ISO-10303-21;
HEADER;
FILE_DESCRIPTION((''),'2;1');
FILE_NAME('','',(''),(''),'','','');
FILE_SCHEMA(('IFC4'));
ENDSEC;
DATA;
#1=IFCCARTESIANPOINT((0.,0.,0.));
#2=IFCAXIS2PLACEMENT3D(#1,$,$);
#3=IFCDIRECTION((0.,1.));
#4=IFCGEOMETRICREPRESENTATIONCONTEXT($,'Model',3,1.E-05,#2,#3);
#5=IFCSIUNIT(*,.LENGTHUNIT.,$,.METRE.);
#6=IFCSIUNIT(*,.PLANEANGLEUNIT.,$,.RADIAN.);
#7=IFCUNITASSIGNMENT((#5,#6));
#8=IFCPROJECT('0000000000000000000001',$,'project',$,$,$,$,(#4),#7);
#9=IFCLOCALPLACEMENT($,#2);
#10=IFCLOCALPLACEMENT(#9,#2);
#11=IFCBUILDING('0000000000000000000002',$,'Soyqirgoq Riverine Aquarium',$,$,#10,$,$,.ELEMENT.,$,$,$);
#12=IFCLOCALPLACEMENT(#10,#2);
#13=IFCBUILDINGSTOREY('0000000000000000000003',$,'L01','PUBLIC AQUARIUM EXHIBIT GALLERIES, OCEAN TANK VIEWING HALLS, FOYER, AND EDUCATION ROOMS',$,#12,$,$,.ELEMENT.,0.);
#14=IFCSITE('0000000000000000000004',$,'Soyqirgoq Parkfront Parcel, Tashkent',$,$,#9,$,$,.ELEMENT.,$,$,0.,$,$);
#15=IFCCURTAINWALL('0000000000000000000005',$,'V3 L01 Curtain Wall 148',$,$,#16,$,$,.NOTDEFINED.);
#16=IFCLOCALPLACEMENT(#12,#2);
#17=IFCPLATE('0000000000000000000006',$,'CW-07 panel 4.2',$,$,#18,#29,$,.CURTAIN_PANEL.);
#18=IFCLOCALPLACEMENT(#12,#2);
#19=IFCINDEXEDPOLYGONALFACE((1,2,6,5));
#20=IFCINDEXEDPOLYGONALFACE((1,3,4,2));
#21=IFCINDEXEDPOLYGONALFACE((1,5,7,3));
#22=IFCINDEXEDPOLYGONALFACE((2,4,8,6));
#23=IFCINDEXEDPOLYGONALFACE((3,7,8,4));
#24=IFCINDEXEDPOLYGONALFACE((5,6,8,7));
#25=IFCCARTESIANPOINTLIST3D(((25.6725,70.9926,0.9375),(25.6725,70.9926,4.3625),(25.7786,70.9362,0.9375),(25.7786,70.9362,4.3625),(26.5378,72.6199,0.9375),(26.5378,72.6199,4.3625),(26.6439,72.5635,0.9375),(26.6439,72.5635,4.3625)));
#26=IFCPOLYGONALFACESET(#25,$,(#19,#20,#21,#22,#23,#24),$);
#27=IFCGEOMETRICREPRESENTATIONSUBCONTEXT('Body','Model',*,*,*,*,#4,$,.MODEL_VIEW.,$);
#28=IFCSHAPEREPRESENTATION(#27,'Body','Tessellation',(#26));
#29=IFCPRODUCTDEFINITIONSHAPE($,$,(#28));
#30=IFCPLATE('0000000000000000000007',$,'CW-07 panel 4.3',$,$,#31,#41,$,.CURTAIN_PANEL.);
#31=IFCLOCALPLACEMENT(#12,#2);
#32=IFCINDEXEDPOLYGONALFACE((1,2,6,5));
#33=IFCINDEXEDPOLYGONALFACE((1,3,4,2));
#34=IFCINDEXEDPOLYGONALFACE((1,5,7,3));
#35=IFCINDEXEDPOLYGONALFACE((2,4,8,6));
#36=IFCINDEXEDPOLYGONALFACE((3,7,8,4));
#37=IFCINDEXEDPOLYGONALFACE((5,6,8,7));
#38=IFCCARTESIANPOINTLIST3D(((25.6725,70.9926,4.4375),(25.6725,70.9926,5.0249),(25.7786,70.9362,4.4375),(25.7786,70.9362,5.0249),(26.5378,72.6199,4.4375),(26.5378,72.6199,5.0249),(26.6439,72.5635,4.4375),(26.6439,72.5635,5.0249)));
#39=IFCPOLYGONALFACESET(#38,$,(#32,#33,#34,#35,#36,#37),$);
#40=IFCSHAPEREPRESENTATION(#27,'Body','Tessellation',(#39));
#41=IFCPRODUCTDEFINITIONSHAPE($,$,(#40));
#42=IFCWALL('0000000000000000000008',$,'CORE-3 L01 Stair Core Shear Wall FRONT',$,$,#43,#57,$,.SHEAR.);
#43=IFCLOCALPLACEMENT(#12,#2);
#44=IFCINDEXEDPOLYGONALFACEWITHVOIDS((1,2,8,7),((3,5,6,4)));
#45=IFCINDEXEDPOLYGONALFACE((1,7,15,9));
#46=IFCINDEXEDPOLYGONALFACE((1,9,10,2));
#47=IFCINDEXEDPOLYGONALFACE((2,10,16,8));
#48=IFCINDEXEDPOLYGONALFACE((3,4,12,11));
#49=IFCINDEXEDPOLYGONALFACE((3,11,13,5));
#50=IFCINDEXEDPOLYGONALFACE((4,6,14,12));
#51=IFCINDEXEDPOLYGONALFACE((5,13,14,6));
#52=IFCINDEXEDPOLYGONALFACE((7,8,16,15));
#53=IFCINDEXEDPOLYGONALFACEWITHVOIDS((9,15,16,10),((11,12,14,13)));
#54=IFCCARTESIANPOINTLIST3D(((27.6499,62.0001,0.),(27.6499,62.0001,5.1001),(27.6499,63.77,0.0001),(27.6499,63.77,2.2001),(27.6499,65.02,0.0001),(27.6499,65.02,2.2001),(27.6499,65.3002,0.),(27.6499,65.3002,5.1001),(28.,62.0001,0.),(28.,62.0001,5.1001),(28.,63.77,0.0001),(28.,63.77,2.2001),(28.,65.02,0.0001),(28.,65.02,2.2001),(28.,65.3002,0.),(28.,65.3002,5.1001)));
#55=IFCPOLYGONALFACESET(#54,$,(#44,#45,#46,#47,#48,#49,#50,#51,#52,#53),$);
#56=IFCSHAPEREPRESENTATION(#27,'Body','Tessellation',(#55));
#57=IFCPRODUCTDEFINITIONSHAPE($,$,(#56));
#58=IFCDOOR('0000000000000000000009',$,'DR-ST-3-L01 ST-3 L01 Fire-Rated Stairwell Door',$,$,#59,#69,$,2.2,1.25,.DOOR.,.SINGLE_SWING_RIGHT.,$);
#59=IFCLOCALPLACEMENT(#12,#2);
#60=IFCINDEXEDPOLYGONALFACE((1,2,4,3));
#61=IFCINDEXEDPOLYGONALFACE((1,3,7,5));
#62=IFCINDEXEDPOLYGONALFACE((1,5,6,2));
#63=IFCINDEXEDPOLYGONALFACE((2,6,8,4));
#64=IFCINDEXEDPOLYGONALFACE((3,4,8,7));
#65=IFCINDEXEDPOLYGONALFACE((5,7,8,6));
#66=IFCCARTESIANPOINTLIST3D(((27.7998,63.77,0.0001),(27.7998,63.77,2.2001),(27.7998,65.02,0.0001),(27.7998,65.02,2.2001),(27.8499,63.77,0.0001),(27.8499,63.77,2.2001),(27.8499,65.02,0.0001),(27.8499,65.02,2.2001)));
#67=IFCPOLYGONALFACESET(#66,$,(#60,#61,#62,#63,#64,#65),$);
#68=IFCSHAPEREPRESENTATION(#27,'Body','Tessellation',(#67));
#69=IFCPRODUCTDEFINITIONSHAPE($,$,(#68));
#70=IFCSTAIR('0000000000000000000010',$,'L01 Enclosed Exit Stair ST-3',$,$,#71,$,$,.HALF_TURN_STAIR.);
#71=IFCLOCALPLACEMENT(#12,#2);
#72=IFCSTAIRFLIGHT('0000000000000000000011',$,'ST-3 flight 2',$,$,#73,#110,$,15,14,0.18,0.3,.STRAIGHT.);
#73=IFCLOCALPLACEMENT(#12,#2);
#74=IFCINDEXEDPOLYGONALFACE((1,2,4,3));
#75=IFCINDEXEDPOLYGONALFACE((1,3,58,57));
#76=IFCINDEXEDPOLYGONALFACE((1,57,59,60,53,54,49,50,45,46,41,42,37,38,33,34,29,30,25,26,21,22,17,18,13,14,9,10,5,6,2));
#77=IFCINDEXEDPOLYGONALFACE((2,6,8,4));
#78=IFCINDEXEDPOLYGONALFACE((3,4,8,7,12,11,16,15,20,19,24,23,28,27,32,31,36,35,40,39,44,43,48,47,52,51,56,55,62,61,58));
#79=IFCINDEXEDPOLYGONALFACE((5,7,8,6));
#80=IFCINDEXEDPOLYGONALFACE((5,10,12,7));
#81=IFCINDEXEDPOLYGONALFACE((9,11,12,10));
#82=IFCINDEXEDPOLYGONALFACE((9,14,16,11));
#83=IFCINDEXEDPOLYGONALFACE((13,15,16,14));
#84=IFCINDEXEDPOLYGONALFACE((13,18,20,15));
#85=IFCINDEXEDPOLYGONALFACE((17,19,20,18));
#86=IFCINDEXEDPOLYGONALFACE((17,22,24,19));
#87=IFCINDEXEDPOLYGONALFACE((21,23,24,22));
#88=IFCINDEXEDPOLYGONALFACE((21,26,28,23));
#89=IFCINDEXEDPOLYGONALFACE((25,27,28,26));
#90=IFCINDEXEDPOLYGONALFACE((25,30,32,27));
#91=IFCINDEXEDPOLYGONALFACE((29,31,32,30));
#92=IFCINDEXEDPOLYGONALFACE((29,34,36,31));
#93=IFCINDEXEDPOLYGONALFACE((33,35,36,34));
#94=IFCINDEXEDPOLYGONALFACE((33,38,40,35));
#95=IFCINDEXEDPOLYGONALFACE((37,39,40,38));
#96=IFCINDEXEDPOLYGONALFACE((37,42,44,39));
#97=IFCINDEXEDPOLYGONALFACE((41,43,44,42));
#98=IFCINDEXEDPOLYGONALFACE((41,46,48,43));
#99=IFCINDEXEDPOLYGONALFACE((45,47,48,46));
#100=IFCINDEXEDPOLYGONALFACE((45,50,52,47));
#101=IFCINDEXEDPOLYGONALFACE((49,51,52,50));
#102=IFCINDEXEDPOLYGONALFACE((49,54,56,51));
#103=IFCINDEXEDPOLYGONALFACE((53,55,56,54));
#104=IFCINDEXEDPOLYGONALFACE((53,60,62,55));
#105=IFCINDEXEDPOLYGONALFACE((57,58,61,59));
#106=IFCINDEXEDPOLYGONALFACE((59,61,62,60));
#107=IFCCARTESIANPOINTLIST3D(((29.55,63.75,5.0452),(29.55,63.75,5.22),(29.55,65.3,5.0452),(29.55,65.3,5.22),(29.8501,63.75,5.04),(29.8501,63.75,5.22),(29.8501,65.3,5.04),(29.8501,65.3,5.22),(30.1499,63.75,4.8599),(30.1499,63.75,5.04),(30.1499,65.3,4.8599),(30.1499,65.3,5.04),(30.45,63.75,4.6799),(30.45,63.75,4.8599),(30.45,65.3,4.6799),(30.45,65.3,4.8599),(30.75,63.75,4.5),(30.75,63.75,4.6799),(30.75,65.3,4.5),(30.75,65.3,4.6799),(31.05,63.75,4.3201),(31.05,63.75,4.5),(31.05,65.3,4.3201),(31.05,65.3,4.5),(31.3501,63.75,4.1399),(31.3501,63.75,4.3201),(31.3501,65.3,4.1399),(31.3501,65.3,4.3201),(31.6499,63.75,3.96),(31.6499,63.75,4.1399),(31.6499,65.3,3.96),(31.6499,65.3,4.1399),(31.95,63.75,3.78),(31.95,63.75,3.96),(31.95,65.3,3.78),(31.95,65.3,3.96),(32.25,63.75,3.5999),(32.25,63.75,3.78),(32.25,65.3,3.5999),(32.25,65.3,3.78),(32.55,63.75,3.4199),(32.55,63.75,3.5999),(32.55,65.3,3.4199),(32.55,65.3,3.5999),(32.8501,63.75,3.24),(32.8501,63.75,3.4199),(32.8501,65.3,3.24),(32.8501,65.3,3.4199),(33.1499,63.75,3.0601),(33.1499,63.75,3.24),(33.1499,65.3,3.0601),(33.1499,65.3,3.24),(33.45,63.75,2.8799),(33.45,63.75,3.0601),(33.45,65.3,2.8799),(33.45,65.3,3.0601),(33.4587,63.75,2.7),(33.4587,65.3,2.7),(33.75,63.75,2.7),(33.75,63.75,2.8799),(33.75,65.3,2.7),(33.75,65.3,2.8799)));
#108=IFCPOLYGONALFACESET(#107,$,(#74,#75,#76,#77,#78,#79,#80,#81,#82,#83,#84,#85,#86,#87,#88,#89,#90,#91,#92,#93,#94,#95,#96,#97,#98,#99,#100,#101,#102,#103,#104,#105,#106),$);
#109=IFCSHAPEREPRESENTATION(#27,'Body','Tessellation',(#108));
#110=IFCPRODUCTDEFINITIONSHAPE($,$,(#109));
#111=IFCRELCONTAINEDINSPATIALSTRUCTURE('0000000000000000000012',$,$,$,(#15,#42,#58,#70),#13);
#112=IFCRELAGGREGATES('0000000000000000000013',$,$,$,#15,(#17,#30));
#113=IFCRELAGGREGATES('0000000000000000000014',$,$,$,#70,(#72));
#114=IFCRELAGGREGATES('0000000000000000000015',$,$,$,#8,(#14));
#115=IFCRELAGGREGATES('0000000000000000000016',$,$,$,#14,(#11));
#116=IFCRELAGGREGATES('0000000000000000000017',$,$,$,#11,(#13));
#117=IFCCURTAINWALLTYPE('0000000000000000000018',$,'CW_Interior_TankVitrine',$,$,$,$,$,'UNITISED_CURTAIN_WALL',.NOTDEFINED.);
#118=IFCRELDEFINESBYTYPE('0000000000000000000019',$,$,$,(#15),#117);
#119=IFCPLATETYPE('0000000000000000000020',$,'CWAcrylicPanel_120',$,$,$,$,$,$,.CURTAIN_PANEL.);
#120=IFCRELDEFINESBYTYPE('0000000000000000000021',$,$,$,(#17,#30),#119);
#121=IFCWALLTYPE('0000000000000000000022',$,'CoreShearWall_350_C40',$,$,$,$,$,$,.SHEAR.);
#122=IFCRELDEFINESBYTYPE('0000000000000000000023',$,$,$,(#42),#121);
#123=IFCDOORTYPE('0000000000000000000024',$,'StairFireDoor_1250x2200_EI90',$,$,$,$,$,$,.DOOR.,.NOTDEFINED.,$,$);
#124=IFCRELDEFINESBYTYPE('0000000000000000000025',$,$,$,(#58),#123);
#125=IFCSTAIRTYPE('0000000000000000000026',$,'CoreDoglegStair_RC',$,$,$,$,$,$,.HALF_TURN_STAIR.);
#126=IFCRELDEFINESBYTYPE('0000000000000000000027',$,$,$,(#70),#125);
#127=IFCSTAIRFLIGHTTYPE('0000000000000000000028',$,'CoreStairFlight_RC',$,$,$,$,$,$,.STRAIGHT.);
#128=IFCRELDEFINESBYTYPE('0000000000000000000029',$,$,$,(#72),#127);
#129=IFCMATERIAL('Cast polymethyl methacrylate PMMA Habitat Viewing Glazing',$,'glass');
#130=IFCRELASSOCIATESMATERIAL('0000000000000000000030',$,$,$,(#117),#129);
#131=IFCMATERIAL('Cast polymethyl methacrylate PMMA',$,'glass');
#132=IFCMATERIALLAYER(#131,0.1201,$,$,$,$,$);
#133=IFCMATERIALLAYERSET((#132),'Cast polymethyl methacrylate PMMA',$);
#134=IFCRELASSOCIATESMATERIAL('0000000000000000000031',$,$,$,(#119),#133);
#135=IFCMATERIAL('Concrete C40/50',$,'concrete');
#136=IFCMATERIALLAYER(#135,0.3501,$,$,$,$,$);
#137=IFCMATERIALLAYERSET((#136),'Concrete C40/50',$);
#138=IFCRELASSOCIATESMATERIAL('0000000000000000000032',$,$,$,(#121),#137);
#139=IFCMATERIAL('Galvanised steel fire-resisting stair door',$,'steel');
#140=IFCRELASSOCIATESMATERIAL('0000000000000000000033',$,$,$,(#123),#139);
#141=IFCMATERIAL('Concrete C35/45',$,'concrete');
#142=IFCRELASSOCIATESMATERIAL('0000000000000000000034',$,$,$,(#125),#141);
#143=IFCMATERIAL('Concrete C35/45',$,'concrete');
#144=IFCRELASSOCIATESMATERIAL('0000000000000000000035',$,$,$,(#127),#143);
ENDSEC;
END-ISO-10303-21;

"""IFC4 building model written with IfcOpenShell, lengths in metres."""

from ifc_helpers import new_model, si_unit, direction, frame, frame_2d, origin, origin_2d, place, context, subcontext, project, spatial, polyline, rectangle, outline, extrude, material, layer, layer_set, type_object, element, fill, aggregate, save


model = new_model("IFC4")

# Units and contexts
model_context = context("Model", 3, precision=1e-05, world=origin(), true_north=direction((0.0, 1.0)))
body_context = subcontext(model_context, "Body", "Model", "MODEL_VIEW")
ifc_project = project(units=[si_unit("LENGTHUNIT", "METRE"), si_unit("PLANEANGLEUNIT", "RADIAN")], contexts=[model_context])

# Site, building, storey
site_placement = place(None, origin())
site = spatial("IfcSite", under=ifc_project, at=site_placement, Name="Soyqirgoq Parkfront Parcel, Tashkent", CompositionType="ELEMENT", RefElevation=0.0)
building_placement = place(site_placement, origin())
building = spatial("IfcBuilding", under=site, at=building_placement, Name="Soyqirgoq Riverine Aquarium", CompositionType="ELEMENT")
storey_placement = place(building_placement, origin())
storey = spatial("IfcBuildingStorey", under=building, at=storey_placement, Name="L01", Description="PUBLIC AQUARIUM EXHIBIT GALLERIES, OCEAN TANK VIEWING HALLS, FOYER, AND EDUCATION ROOMS", CompositionType="ELEMENT", Elevation=0.0)

# Shared definitions
ifc_material_1 = material(Name="Cast polymethyl methacrylate PMMA Habitat Viewing Glazing", Category="glass")
curtain_wall_type = type_object("IfcCurtainWallType", Name="CW_Interior_TankVitrine", ElementType="UNITISED_CURTAIN_WALL", PredefinedType="NOTDEFINED", material=ifc_material_1)

# Curtain wall
curtain_wall_1_placement = place(storey_placement, origin())
curtain_wall_1 = element("IfcCurtainWall", 1, at=curtain_wall_1_placement, inside=storey, type_object=curtain_wall_type, Name="V3 L01 Curtain Wall 148", PredefinedType="NOTDEFINED")

# Plates
ifc_material_2 = material(Name="Cast polymethyl methacrylate PMMA", Category="glass")
ifc_layer_1 = layer(ifc_material_2, 0.1201)
ifc_layer_set_1 = layer_set([ifc_layer_1], Name="Cast polymethyl methacrylate PMMA")
plate_type = type_object("IfcPlateType", Name="CWAcrylicPanel_120", PredefinedType="CURTAIN_PANEL", material=ifc_layer_set_1)
plate_1_placement = place(storey_placement, frame((26.1582, 71.7781, 0.9375), z_axis=(0.0, 0.0, 1.0), x_axis=(-0.469475, -0.882946, 0.0)))
plate_1 = element("IfcPlate", 2, at=plate_1_placement, type_object=plate_type, Name="CW-07 panel 4.2", PredefinedType="CURTAIN_PANEL", context=body_context, shape_type="SweptSolid", body=[
    extrude(rectangle(XDim=1.843, YDim=0.1201, at=origin_2d()), origin(), (0.0, 0.0, 1.0), 3.425),
])
plate_2_placement = place(storey_placement, frame((26.1582, 71.7781, 4.4375), z_axis=(0.0, 0.0, 1.0), x_axis=(-0.469475, -0.882946, 0.0)))
plate_2 = element("IfcPlate", 3, at=plate_2_placement, type_object=plate_type, Name="CW-07 panel 4.3", PredefinedType="CURTAIN_PANEL", context=body_context, shape_type="SweptSolid", body=[
    extrude(rectangle(XDim=1.843, YDim=0.1201, at=origin_2d()), origin(), (0.0, 0.0, 1.0), 0.5874),
])
aggregate(curtain_wall_1, [plate_1, plate_2])

# Wall, opening, door
ifc_material_3 = material(Name="Concrete C40/50", Category="concrete")
ifc_layer_2 = layer(ifc_material_3, 0.3501)
ifc_layer_set_2 = layer_set([ifc_layer_2], Name="Concrete C40/50")
wall_type = type_object("IfcWallType", Name="CoreShearWall_350_C40", PredefinedType="SHEAR", material=ifc_layer_set_2)
wall_placement = place(storey_placement, frame((27.825, 65.3, 0.0), z_axis=(0.0, 0.0, 1.0), x_axis=(0.0, -1.0, 0.0)))
wall = element("IfcWall", 4, at=wall_placement, inside=storey, type_object=wall_type, Name="CORE-3 L01 Stair Core Shear Wall FRONT", PredefinedType="SHEAR", context=body_context, shape_type="SweptSolid", body=[
    extrude(rectangle(XDim=3.3, YDim=0.3501, at=frame_2d((1.6499, 0.0))), origin(), (0.0, 0.0, 1.0), 5.1001),
])
opening_placement = place(wall_placement, frame((0.28, 0.0, 0.0)))
opening = element("IfcOpeningElement", 5, at=opening_placement, cuts=wall, PredefinedType="OPENING", context=body_context, shape_type="SweptSolid", body=[
    extrude(rectangle(XDim=1.25, YDim=2.2, at=frame_2d((0.625, 1.1001))), frame((0.0, 0.1851, 0.0), z_axis=(0.0, -1.0, 0.0), x_axis=(1.0, 0.0, 0.0)), (0.0, 0.0, 1.0), 0.3701),
])
ifc_material_4 = material(Name="Galvanised steel fire-resisting stair door", Category="steel")
door_type = type_object("IfcDoorType", Name="StairFireDoor_1250x2200_EI90", OperationType="NOTDEFINED", PredefinedType="DOOR", material=ifc_material_4)
door_placement = place(opening_placement, origin())
door = element("IfcDoor", 6, at=door_placement, inside=storey, type_object=door_type, Name="DR-ST-3-L01 ST-3 L01 Fire-Rated Stairwell Door", OperationType="SINGLE_SWING_RIGHT", OverallHeight=2.2, OverallWidth=1.25, PredefinedType="DOOR", context=body_context, shape_type="SweptSolid", body=[
    extrude(rectangle(XDim=1.25, YDim=2.2, at=frame_2d((0.625, 1.1001))), frame((0.0, 0.0249, 0.0), z_axis=(0.0, -1.0, 0.0), x_axis=(1.0, 0.0, 0.0)), (0.0, 0.0, 1.0), 0.05),
])
fill(opening, door)

# Stair, stair flight
ifc_material_5 = material(Name="Concrete C35/45", Category="concrete")
stair_type = type_object("IfcStairType", Name="CoreDoglegStair_RC", PredefinedType="HALF_TURN_STAIR", material=ifc_material_5)
stair_placement = place(storey_placement, origin())
stair = element("IfcStair", 7, at=stair_placement, inside=storey, type_object=stair_type, Name="L01 Enclosed Exit Stair ST-3", PredefinedType="HALF_TURN_STAIR")
ifc_material_6 = material(Name="Concrete C35/45", Category="concrete")
stair_flight_type = type_object("IfcStairFlightType", Name="CoreStairFlight_RC", PredefinedType="STRAIGHT", material=ifc_material_6)
stair_flight_placement = place(storey_placement, frame((33.75, 64.5249, 2.7), z_axis=(0.0, 0.0, 1.0), x_axis=(-1.0, 0.0, 0.0)))
stair_flight = element("IfcStairFlight", 8, at=stair_flight_placement, type_object=stair_flight_type, Name="ST-3 flight 2", NumberOfRisers=15, NumberOfTreads=14, PredefinedType="STRAIGHT", RiserHeight=0.18, TreadLength=0.3, context=body_context, shape_type="SweptSolid", body=[
    extrude(outline(polyline([(0.0, 0.0), (0.0, 0.1799), (0.3, 0.1799), (0.3, 0.3601), (0.6001, 0.3601), (0.6001, 0.54), (0.8999, 0.54), (0.8999, 0.72), (1.2, 0.72), (1.2, 0.8999), (1.5, 0.8999), (1.5, 1.0801), (1.8, 1.0801), (1.8, 1.26), (2.1001, 1.26), (2.1001, 1.4399), (2.3999, 1.4399), (2.3999, 1.6201), (2.7, 1.6201), (2.7, 1.8), (3.0, 1.8), (3.0, 1.98), (3.3, 1.98), (3.3, 2.1599), (3.6001, 2.1599), (3.6001, 2.3401), (3.8999, 2.3401), (3.8999, 2.52), (4.2, 2.52), (4.2, 2.7), (4.2, 2.3452), (0.2913, 0.0), (0.0, 0.0)])), frame((0.0, 0.7749, 0.0), z_axis=(0.0, -1.0, 0.0), x_axis=(1.0, 0.0, 0.0)), (0.0, 0.0, 1.0), 1.55),
])
aggregate(stair, [stair_flight])

save(model, "model.ifc")
